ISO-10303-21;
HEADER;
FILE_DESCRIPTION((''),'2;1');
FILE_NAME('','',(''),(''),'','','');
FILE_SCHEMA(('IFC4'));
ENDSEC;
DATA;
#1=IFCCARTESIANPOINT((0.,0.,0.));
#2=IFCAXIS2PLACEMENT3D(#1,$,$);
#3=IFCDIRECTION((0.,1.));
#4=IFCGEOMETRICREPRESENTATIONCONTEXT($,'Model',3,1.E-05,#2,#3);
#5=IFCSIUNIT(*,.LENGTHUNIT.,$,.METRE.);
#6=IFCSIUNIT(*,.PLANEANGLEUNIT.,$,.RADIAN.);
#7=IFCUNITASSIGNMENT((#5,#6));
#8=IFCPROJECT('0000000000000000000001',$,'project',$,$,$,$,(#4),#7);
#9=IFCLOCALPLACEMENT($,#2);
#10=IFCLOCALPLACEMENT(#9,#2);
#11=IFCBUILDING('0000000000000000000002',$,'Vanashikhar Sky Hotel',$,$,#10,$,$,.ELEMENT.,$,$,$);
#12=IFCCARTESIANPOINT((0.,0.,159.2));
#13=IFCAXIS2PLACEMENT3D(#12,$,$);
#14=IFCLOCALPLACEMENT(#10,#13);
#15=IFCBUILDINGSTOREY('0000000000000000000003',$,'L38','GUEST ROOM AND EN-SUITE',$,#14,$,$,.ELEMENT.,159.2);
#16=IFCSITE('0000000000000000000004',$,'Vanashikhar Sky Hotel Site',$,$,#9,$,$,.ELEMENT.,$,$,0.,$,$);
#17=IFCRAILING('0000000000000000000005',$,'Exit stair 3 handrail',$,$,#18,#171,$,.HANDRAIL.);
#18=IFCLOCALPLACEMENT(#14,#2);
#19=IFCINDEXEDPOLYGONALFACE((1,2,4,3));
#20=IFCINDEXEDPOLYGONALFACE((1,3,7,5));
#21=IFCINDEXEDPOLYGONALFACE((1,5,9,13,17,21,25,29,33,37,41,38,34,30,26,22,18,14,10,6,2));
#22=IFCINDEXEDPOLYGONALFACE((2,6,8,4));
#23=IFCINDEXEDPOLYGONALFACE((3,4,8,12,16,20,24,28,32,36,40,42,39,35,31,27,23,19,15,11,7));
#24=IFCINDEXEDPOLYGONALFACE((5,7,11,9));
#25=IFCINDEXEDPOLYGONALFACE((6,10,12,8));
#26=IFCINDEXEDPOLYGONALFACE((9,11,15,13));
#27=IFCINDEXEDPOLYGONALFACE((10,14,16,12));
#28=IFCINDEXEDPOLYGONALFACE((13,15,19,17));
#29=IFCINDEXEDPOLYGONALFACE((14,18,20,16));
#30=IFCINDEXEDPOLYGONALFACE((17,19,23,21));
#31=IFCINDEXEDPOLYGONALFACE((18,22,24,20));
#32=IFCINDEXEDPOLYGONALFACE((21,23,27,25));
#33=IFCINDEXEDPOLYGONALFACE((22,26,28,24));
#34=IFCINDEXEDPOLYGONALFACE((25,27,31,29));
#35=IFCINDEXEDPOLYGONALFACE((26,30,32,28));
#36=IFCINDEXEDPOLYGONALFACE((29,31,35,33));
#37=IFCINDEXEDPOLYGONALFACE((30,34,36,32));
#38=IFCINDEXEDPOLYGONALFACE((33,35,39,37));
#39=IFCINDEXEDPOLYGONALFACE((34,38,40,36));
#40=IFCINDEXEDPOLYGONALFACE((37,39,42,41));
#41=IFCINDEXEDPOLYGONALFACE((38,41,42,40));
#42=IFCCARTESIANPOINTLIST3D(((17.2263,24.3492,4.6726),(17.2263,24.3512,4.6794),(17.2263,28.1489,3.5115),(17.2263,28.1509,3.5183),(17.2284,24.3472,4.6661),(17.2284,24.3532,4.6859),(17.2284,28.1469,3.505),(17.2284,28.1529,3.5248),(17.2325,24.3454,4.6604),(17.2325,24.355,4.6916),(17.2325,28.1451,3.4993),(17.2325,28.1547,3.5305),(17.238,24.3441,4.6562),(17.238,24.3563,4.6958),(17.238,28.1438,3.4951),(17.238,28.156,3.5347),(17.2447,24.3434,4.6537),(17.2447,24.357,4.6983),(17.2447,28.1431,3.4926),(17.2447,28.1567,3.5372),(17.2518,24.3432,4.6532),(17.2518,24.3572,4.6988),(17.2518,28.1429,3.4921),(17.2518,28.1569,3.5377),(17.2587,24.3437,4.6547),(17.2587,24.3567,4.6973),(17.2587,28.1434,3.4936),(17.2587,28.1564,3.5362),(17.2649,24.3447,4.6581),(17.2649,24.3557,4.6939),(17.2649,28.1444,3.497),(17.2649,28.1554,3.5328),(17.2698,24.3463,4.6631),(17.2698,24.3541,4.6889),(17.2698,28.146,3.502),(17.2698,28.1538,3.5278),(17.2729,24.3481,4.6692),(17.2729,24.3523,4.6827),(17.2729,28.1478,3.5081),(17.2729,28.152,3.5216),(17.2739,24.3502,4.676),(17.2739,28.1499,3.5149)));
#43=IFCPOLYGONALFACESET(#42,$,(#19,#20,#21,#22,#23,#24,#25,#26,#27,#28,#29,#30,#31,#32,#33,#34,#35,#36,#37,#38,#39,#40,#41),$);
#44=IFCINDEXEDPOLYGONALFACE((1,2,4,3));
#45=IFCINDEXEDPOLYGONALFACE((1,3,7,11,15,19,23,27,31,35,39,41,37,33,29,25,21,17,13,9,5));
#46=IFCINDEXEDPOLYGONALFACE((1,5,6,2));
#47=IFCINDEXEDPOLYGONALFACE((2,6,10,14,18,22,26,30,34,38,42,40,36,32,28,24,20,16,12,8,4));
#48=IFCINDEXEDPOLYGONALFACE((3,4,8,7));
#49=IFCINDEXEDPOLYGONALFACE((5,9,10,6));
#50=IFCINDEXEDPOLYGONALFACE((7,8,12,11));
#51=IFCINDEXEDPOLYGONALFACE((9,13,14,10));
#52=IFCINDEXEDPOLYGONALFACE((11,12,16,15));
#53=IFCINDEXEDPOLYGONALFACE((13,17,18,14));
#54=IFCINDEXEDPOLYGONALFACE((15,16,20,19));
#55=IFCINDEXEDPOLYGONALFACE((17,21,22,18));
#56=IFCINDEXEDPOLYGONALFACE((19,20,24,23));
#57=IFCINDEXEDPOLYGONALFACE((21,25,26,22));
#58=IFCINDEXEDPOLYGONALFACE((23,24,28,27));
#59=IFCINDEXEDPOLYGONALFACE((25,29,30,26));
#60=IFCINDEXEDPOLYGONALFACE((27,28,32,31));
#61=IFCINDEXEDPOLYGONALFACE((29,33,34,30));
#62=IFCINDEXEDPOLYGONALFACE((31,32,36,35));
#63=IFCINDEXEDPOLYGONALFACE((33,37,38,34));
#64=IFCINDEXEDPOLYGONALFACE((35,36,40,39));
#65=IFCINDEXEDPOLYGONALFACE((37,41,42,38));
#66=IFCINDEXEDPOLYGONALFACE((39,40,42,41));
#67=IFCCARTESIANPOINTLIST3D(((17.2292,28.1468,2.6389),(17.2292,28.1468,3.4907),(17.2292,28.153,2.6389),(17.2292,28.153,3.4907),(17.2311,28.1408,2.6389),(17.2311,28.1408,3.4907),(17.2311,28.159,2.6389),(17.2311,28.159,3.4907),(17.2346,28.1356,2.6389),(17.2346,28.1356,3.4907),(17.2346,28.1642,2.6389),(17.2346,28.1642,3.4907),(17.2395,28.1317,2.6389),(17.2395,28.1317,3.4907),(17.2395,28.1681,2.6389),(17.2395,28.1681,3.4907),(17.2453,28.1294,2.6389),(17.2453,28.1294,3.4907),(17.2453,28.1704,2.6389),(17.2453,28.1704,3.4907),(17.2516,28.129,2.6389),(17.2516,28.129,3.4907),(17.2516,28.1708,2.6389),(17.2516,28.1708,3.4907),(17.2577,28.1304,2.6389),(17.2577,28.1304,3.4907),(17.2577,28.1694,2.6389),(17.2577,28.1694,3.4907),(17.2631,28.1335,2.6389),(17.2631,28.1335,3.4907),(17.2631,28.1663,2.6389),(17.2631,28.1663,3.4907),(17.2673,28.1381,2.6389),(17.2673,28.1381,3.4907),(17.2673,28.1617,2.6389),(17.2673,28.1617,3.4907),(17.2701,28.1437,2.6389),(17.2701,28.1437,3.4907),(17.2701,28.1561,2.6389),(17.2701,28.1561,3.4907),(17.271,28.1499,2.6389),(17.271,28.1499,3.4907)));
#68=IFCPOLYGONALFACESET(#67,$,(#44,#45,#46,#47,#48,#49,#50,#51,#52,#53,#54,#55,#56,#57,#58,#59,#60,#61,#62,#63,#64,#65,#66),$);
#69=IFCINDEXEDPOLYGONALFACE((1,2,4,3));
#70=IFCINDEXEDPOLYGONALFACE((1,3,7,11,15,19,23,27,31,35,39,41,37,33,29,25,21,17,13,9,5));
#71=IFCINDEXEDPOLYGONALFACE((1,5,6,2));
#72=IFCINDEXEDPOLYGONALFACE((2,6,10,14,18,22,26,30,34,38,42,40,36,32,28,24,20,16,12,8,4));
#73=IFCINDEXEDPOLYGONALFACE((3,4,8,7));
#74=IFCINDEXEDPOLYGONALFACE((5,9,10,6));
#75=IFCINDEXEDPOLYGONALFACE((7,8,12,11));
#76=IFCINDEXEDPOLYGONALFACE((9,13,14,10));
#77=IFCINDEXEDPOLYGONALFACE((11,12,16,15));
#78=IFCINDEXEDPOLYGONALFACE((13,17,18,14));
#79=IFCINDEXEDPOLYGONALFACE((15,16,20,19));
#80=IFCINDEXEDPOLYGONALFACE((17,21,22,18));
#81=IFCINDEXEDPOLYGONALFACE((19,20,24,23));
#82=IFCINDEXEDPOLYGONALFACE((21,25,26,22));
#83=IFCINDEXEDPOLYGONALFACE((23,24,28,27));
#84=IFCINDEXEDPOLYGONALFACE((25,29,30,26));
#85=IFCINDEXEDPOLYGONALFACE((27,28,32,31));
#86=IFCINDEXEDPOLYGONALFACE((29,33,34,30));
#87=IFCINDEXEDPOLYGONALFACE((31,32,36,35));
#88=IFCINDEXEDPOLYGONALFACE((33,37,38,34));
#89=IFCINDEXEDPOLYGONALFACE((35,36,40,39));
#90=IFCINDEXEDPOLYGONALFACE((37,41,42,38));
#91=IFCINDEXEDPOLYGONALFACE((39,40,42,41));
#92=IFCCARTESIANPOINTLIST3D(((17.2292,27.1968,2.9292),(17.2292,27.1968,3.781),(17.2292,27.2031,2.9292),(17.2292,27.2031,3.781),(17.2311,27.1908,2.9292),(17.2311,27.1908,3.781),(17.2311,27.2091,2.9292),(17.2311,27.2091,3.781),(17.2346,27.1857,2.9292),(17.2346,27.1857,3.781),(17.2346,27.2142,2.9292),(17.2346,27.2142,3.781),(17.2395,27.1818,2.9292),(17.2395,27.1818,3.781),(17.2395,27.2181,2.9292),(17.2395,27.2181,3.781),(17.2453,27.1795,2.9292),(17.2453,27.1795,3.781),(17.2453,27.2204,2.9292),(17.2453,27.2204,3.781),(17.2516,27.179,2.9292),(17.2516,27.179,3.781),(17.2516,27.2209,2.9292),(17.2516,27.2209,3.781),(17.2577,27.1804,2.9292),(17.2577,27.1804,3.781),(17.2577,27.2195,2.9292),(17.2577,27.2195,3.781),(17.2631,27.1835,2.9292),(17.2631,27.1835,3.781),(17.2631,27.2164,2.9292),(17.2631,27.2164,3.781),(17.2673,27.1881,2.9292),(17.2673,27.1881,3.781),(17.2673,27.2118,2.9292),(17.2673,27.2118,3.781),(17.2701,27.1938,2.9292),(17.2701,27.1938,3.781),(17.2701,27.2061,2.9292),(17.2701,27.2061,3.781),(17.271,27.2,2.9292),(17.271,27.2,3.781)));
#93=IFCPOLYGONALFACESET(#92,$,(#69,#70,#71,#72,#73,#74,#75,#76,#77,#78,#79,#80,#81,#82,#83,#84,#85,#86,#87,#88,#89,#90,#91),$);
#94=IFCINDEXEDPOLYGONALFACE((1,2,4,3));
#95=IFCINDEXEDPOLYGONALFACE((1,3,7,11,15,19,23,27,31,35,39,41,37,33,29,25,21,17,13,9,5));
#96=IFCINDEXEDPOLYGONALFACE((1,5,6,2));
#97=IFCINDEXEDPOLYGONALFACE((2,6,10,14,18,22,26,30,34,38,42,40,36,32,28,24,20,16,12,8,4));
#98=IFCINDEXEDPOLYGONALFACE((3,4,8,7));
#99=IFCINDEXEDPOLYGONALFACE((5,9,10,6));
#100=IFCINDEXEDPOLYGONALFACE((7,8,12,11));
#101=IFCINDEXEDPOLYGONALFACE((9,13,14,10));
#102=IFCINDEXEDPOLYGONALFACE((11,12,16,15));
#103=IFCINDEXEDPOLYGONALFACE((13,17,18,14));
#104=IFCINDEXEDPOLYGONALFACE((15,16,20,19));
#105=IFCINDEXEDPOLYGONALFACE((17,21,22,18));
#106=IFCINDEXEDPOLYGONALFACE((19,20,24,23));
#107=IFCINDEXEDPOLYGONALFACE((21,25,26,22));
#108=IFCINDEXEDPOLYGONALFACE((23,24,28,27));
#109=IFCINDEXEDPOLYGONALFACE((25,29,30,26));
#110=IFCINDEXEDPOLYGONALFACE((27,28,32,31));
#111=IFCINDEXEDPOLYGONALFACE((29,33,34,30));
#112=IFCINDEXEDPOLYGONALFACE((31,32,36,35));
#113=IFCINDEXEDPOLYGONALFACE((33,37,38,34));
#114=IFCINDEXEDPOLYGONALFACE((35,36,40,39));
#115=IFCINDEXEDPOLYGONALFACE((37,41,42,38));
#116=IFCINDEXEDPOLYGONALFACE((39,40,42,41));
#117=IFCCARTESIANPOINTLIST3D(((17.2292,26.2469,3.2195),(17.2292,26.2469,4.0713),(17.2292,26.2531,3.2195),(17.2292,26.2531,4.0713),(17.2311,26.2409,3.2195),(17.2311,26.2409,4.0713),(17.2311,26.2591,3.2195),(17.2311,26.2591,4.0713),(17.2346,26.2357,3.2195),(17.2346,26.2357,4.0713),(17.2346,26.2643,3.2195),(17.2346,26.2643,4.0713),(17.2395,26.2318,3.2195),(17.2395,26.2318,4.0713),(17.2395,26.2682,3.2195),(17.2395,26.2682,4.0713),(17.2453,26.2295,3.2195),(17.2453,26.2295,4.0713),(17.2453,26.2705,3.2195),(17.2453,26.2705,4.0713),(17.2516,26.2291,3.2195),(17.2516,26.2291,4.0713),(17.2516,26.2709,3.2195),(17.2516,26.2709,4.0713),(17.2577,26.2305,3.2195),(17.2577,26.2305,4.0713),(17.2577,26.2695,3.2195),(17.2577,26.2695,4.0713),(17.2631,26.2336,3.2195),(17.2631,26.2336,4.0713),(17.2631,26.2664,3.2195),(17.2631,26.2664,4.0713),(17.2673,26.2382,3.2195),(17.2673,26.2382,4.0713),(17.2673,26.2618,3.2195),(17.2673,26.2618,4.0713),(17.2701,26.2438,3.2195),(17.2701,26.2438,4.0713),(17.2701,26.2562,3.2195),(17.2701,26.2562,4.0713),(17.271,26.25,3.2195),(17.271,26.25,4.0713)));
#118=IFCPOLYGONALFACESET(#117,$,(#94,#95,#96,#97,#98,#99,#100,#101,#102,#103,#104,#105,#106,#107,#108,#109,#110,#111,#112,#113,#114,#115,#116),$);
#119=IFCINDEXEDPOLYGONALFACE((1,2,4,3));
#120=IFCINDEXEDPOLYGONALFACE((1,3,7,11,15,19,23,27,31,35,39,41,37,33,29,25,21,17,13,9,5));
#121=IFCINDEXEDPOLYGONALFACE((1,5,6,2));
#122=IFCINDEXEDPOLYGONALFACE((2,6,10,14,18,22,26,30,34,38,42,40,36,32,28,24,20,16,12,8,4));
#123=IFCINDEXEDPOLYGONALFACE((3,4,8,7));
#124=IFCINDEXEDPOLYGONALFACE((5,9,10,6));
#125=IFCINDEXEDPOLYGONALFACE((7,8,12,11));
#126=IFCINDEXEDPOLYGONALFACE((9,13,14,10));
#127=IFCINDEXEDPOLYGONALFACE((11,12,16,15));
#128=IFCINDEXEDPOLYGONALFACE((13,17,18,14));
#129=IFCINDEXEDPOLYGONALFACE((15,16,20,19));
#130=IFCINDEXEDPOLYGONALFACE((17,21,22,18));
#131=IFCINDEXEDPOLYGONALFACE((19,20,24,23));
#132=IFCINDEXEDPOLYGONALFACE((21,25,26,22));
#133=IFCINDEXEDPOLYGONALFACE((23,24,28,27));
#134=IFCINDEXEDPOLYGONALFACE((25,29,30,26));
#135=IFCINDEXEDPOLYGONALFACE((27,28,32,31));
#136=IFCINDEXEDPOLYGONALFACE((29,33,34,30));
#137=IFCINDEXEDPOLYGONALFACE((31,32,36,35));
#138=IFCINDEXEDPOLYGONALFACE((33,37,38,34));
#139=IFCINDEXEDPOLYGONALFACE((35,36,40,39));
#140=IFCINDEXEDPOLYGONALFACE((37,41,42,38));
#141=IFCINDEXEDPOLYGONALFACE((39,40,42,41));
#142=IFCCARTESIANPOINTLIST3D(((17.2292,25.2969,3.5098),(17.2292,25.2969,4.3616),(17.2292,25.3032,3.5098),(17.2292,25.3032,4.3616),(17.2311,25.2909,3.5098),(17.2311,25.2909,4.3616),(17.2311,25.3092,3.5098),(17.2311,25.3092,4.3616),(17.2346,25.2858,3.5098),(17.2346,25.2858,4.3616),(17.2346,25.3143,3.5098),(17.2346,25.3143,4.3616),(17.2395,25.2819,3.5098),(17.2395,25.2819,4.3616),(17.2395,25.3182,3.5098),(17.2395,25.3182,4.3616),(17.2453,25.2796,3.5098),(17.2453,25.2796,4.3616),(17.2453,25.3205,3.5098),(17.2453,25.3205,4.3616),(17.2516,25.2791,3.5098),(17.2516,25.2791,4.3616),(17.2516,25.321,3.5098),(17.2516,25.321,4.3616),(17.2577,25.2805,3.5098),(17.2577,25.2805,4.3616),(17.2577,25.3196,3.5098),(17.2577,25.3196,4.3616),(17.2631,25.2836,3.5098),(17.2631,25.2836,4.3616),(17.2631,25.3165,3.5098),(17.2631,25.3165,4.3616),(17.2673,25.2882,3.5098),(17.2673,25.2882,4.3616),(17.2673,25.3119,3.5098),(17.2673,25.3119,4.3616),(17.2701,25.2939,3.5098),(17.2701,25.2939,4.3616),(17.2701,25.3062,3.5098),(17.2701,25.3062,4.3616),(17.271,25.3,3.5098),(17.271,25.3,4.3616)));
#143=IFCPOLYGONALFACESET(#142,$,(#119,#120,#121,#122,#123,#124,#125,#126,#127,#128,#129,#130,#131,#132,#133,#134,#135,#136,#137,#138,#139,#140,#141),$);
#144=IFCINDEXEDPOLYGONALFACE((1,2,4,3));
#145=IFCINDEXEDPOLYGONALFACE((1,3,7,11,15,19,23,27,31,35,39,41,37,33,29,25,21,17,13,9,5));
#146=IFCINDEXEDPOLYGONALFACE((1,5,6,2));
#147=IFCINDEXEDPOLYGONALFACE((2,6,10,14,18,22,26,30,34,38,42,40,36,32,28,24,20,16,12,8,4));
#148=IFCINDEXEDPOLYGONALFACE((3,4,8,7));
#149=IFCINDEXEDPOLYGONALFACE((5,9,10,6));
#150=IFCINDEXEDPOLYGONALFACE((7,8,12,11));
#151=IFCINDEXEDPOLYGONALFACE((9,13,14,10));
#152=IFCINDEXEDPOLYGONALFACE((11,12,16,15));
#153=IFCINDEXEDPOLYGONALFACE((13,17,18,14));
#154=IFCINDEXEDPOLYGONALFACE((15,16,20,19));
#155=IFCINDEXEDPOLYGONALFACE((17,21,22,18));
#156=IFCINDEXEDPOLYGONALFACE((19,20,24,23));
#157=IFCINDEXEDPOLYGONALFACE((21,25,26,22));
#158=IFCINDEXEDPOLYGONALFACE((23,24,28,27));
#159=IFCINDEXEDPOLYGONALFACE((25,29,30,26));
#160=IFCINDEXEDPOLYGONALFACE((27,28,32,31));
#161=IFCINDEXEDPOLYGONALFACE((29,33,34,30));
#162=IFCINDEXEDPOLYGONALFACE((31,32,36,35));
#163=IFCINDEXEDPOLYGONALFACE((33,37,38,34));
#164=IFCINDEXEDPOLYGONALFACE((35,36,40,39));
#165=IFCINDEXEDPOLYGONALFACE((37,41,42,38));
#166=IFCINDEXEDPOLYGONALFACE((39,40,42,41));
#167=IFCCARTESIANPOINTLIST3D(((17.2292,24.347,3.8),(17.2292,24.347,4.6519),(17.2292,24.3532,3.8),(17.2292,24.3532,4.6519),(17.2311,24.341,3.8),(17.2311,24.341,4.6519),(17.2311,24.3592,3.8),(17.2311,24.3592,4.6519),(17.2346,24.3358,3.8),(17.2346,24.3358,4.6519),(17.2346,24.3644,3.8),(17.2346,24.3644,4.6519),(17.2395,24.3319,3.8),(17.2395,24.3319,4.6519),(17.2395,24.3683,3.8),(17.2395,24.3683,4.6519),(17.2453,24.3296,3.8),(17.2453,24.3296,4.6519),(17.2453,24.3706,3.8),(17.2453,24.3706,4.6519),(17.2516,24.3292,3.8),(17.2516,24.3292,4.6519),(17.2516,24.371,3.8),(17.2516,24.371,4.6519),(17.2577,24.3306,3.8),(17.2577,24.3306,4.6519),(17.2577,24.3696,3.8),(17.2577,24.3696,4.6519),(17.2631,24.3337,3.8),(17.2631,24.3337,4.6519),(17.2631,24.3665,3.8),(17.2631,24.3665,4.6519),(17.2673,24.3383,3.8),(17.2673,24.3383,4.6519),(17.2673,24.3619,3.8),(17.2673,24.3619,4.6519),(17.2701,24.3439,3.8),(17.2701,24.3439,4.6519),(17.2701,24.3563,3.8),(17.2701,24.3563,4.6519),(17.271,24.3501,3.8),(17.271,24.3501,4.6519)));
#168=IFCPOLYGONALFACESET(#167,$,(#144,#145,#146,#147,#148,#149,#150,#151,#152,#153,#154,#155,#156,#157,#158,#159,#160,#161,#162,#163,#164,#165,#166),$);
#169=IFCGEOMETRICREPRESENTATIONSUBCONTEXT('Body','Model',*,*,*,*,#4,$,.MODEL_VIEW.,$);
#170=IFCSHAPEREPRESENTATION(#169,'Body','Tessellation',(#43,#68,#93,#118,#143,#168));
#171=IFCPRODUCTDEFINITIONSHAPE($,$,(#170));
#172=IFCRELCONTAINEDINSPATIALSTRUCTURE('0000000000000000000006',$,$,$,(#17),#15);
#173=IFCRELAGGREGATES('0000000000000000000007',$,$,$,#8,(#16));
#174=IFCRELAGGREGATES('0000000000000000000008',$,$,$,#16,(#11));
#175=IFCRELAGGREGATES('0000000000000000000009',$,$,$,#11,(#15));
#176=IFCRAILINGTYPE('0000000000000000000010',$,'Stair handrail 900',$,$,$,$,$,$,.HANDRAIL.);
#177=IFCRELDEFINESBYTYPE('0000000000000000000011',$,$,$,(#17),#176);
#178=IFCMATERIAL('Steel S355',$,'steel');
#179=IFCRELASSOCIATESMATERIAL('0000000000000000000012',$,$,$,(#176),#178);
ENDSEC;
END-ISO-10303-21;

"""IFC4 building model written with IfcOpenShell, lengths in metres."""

from ifc_helpers import new_model, si_unit, direction, frame, origin, origin_2d, place, context, subcontext, project, spatial, circle, extrude, source, transform, mapped, material, type_object, element, save


model = new_model("IFC4")

# Units and contexts
model_context = context("Model", 3, precision=1e-05, world=origin(), true_north=direction((0.0, 1.0)))
body_context = subcontext(model_context, "Body", "Model", "MODEL_VIEW")
ifc_project = project(units=[si_unit("LENGTHUNIT", "METRE"), si_unit("PLANEANGLEUNIT", "RADIAN")], contexts=[model_context])

# Site, building, storey
site_placement = place(None, origin())
site = spatial("IfcSite", under=ifc_project, at=site_placement, Name="Vanashikhar Sky Hotel Site", CompositionType="ELEMENT", RefElevation=0.0)
building_placement = place(site_placement, origin())
building = spatial("IfcBuilding", under=site, at=building_placement, Name="Vanashikhar Sky Hotel", CompositionType="ELEMENT")
storey_placement = place(building_placement, frame((0.0, 0.0, 159.2)))
storey = spatial("IfcBuildingStorey", under=building, at=storey_placement, Name="L38", Description="GUEST ROOM AND EN-SUITE", CompositionType="ELEMENT", Elevation=159.2)

# Railing
ifc_material_1 = material(Name="Steel S355", Category="steel")
railing_type = type_object("IfcRailingType", Name="Stair handrail 900", PredefinedType="HANDRAIL", material=ifc_material_1)
shared_shape_1 = source(origin(), body_context, "Body", "SweptSolid", [
    extrude(circle(Radius=0.0239, at=origin_2d()), frame((0.0, 0.0, 0.876), z_axis=(0.0, -0.956346, 0.292237), x_axis=(1.0, 0.0, 0.0)), (0.0, 0.0, 1.0), 3.9731),
    extrude(circle(Radius=0.021, at=origin_2d()), origin(), (0.0, 0.0, 1.0), 0.8518),
    extrude(circle(Radius=0.021, at=origin_2d()), frame((0.0, -0.95, 0.2903)), (0.0, 0.0, 1.0), 0.8518),
    extrude(circle(Radius=0.021, at=origin_2d()), frame((0.0, -1.8999, 0.5806)), (0.0, 0.0, 1.0), 0.8518),
    extrude(circle(Radius=0.021, at=origin_2d()), frame((0.0, -2.8499, 0.8708)), (0.0, 0.0, 1.0), 0.8518),
    extrude(circle(Radius=0.021, at=origin_2d()), frame((0.0, -3.7998, 1.1611)), (0.0, 0.0, 1.0), 0.8518),
])
railing_1_placement = place(storey_placement, frame((17.25, 28.1499, 2.6389)))
element("IfcRailing", 1, at=railing_1_placement, inside=storey, type_object=railing_type, Name="Exit stair 3 handrail", PredefinedType="HANDRAIL", context=body_context, shape_type="MappedRepresentation", body=[
    mapped(shared_shape_1, transform((0.0, 0.0, 0.0), scale=1.0)),
])

save(model, "model.ifc")
